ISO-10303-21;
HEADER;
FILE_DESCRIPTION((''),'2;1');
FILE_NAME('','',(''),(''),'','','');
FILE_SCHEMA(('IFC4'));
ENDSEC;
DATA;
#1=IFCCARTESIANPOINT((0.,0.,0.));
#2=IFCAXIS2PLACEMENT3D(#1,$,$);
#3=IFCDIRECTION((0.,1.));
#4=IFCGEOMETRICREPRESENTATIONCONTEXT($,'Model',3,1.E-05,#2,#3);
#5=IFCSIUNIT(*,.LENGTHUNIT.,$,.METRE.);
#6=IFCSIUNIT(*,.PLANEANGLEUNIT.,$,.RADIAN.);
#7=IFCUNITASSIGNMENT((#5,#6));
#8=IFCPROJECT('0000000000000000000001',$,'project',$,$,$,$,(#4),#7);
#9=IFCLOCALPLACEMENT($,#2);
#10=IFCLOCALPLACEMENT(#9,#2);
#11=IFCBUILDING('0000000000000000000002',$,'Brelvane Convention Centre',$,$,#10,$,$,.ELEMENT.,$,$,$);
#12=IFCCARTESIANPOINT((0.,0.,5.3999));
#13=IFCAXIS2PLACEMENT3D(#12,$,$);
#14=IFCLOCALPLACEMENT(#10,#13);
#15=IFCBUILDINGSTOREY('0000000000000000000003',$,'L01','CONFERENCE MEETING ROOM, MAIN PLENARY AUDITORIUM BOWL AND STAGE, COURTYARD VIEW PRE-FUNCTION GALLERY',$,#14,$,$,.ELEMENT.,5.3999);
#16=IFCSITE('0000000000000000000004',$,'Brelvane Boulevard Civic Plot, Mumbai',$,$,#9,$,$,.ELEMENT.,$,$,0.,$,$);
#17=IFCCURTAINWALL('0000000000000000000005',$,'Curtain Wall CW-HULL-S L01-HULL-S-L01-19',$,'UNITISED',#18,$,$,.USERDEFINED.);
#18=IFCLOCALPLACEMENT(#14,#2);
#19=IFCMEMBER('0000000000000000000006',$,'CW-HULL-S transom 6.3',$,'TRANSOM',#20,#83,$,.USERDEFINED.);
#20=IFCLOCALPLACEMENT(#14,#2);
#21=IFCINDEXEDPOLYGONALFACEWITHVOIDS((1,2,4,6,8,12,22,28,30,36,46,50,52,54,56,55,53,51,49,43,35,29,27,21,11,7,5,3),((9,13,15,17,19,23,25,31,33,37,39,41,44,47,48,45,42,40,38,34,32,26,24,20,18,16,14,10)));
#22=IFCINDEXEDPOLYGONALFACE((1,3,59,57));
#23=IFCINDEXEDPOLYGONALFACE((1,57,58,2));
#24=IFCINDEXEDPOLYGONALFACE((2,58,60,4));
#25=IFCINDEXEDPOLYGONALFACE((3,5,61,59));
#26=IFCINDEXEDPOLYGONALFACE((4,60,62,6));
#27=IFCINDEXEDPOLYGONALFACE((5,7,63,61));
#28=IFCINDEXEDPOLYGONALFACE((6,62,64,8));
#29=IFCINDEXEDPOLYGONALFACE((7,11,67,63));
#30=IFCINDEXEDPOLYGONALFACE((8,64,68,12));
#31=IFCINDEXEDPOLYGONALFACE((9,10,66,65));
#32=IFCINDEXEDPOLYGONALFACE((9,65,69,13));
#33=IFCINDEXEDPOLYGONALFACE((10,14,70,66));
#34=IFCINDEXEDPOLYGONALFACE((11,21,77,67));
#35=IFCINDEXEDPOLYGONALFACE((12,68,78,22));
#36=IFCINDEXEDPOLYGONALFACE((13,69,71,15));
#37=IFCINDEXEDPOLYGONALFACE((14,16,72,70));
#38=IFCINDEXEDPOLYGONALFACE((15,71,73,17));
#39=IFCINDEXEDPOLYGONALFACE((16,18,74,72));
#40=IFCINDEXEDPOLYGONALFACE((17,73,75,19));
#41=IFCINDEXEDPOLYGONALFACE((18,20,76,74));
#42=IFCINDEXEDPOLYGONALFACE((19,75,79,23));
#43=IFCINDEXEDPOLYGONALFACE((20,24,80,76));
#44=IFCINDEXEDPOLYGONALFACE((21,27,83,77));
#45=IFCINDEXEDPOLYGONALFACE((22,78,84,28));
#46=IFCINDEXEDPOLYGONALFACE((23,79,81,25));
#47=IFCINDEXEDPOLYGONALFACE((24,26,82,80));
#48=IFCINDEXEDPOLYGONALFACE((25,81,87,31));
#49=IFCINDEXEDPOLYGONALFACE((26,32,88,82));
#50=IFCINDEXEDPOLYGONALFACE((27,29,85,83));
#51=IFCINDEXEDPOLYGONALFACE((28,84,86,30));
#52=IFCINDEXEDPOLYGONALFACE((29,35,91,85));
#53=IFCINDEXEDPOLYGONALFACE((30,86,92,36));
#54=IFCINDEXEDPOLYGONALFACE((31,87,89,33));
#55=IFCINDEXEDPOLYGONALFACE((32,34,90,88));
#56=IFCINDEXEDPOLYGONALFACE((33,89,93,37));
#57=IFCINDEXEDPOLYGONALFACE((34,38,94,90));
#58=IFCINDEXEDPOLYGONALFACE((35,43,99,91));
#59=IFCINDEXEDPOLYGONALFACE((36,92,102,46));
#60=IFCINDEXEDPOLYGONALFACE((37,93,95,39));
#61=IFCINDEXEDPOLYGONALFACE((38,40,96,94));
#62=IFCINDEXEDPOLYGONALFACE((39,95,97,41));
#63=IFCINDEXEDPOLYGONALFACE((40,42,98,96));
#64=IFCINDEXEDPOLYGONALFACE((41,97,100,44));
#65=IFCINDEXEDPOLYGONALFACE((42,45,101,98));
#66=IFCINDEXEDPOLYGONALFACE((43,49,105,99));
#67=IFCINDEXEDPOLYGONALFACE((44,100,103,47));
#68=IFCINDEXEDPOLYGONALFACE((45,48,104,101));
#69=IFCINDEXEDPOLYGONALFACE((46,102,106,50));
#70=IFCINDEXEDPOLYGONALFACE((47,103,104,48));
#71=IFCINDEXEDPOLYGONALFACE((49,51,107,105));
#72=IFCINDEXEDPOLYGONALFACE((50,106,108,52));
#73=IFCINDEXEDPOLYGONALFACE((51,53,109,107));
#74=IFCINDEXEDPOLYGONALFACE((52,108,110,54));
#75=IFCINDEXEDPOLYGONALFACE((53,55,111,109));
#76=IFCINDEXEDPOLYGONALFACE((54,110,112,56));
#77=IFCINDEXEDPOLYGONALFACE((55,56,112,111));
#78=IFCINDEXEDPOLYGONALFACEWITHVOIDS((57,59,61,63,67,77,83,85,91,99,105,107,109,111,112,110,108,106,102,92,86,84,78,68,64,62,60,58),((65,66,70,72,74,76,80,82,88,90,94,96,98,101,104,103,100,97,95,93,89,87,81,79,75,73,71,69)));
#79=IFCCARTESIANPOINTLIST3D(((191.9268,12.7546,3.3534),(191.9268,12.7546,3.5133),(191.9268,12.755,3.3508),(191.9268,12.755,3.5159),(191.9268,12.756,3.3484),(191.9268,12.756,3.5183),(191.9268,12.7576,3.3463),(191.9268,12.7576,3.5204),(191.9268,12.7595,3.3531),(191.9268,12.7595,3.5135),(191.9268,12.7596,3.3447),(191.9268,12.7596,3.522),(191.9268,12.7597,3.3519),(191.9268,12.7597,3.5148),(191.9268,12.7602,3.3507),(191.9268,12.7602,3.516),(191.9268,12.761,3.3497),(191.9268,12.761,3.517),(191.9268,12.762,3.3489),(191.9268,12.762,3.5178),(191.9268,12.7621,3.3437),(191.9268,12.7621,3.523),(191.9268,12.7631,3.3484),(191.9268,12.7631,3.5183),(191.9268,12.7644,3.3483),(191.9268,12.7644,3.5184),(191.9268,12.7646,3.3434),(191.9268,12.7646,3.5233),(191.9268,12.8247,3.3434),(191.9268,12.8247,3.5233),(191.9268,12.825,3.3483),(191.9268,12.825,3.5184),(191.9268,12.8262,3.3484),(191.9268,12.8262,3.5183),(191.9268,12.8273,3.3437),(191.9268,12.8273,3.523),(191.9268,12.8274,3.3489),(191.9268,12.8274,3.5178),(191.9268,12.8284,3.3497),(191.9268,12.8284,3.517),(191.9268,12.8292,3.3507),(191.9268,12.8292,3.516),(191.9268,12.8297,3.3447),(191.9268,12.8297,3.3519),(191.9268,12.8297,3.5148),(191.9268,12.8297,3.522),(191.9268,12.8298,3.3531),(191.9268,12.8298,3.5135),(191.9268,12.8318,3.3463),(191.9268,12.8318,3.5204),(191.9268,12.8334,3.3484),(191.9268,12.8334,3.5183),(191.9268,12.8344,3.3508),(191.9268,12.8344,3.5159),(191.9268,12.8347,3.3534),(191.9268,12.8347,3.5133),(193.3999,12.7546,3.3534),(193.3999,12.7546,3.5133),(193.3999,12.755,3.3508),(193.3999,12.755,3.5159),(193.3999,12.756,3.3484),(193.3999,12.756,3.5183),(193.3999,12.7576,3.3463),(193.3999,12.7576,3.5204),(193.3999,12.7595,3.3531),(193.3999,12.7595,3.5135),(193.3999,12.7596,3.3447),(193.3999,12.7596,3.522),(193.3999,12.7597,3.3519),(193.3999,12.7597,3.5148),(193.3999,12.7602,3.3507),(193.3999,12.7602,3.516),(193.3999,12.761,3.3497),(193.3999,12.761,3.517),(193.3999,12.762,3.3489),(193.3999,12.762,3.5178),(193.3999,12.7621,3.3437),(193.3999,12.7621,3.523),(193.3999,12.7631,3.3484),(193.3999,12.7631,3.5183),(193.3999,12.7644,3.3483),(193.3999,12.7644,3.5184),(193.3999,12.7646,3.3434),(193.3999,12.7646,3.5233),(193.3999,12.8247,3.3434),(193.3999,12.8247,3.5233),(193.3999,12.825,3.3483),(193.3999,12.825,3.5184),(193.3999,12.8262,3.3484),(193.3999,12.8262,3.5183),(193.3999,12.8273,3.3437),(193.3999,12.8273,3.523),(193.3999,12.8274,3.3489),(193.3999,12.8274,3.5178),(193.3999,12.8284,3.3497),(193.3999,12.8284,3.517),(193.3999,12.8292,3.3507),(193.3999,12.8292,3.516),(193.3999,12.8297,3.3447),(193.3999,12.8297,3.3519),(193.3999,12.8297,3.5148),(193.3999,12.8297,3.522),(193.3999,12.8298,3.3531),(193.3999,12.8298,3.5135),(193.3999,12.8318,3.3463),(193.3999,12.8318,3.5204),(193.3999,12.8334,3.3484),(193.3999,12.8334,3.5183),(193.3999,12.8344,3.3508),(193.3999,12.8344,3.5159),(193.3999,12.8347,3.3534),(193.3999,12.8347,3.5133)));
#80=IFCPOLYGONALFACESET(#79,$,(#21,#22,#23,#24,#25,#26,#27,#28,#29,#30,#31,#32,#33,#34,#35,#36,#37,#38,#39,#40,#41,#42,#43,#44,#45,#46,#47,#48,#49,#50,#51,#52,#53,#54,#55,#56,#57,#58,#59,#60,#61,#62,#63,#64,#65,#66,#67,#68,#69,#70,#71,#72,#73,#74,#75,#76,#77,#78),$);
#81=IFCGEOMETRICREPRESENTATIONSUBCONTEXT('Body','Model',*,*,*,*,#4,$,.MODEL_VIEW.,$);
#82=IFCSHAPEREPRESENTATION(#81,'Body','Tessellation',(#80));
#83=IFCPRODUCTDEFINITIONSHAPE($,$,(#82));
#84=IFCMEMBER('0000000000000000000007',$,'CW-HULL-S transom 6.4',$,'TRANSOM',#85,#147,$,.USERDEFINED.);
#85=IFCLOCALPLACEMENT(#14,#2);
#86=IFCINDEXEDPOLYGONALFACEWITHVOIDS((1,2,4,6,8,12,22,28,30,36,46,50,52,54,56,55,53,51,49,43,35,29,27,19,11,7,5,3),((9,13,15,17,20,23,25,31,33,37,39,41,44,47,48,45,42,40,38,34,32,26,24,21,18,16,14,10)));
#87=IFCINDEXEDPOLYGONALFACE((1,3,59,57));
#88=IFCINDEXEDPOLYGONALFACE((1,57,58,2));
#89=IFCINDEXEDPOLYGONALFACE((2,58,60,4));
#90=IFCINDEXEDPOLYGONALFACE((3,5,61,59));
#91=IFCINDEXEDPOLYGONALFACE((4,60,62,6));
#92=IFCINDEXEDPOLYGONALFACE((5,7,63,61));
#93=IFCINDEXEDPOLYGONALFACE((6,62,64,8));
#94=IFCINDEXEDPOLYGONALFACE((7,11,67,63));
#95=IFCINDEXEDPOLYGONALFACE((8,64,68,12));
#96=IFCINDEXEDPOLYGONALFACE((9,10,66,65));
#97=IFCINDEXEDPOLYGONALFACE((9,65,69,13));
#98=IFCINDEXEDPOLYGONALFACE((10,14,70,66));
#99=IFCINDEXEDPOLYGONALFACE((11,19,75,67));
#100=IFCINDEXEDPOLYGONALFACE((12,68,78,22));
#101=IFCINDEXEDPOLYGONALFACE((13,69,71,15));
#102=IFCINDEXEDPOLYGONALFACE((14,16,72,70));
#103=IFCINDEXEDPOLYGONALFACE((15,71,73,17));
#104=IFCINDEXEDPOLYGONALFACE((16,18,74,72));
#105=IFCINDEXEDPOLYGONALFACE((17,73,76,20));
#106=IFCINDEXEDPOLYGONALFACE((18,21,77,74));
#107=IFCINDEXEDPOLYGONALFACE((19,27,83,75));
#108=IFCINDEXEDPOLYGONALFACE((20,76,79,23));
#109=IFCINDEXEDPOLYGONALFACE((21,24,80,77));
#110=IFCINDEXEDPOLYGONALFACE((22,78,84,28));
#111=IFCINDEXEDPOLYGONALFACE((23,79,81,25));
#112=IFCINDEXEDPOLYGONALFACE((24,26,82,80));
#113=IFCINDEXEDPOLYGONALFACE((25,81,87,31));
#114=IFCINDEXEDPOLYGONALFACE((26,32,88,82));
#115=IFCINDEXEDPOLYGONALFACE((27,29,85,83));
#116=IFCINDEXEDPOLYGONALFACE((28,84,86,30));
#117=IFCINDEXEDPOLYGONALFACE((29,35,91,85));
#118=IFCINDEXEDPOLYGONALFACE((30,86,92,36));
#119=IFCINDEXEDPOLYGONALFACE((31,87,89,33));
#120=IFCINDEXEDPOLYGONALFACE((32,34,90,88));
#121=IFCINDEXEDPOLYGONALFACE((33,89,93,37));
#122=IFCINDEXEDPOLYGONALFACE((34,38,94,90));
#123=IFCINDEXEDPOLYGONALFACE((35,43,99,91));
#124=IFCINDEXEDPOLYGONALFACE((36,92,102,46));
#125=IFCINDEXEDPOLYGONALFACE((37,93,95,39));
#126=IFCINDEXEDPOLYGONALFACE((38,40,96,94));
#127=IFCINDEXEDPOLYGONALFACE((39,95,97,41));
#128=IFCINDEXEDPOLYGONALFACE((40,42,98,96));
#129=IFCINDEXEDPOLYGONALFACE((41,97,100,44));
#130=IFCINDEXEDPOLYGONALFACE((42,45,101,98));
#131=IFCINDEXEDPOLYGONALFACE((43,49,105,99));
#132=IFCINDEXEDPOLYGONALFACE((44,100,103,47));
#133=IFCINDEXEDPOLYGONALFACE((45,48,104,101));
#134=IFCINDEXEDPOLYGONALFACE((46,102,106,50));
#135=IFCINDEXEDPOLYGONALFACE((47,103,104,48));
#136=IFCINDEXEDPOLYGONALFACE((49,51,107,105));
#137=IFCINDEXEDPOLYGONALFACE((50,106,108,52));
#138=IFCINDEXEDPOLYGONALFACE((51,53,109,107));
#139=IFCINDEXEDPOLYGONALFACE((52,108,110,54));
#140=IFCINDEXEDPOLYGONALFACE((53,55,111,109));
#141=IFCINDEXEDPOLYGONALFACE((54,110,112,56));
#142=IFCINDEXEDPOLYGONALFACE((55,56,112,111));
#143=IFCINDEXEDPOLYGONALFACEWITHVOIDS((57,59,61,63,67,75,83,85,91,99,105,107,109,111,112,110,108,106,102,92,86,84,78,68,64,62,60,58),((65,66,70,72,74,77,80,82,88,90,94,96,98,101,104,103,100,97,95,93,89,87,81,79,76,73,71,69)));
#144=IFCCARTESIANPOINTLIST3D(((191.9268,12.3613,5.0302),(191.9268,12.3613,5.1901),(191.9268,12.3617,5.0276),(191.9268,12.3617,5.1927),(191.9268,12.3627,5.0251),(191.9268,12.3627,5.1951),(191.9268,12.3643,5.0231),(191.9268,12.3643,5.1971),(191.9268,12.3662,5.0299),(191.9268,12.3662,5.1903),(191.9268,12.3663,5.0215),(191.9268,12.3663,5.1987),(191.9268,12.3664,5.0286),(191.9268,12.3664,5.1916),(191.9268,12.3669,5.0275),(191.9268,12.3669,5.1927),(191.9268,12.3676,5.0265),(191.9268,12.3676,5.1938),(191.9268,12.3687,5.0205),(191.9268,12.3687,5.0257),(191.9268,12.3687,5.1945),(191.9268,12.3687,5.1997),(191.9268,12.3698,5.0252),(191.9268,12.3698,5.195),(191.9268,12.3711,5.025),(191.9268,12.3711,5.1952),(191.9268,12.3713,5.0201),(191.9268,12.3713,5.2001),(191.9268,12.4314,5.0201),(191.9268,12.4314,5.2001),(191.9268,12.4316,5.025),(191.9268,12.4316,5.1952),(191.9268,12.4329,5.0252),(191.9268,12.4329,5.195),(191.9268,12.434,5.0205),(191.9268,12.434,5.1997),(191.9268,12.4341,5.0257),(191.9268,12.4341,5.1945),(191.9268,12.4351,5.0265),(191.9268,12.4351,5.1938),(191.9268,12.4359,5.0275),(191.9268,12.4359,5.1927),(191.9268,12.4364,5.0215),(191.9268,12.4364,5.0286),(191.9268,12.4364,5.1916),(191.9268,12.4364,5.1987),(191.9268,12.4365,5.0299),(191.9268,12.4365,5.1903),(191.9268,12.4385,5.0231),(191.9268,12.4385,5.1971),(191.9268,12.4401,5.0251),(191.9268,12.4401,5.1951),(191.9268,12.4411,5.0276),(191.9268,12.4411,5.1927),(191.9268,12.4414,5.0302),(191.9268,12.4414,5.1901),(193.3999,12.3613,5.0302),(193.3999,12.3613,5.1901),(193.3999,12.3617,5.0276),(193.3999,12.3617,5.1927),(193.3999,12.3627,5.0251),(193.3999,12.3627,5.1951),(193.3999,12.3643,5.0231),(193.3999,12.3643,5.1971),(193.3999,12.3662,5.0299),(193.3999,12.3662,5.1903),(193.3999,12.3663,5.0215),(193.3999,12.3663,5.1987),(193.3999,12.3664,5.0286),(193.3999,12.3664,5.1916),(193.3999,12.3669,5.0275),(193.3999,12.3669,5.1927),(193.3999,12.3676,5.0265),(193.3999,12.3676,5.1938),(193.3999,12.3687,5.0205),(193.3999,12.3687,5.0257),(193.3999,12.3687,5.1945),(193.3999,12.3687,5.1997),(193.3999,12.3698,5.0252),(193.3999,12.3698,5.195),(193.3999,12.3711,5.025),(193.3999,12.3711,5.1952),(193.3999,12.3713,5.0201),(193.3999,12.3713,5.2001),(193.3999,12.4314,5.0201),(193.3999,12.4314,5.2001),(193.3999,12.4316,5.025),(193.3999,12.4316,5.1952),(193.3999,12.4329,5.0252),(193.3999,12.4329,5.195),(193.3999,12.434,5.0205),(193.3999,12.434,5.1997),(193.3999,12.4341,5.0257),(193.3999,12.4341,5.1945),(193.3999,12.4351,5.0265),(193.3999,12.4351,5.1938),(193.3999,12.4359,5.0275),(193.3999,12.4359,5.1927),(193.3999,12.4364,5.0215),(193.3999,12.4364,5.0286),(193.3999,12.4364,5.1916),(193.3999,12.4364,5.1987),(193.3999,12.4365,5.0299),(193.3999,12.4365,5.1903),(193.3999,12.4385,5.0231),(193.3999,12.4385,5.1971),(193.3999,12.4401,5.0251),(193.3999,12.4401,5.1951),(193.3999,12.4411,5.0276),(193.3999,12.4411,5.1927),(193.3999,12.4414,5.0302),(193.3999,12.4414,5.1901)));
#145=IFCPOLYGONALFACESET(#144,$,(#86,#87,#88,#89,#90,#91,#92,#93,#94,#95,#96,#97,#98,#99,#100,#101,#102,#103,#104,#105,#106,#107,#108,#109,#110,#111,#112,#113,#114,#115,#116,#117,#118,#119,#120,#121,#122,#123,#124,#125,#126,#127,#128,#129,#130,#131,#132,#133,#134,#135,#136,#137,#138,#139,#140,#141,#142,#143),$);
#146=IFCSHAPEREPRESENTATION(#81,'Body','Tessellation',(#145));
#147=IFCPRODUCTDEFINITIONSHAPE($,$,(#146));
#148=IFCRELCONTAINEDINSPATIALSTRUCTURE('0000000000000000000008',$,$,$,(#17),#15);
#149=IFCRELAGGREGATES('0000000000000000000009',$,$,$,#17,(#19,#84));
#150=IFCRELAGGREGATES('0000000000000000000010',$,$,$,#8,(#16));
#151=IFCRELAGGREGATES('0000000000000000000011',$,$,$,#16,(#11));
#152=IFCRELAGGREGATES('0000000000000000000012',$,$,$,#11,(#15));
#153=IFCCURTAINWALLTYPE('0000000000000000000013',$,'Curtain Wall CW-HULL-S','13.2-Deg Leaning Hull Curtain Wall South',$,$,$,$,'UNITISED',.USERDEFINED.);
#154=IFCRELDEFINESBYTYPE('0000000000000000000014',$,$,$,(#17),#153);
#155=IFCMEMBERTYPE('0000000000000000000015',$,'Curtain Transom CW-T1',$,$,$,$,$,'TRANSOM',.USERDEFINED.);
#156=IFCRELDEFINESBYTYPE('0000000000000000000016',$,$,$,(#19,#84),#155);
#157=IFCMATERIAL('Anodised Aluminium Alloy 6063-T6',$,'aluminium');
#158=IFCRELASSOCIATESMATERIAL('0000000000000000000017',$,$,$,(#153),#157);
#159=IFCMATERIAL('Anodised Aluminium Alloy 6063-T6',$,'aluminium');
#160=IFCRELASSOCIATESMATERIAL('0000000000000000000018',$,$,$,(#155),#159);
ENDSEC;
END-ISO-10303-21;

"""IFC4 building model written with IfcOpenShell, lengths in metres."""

from ifc_helpers import new_model, si_unit, direction, frame, origin, origin_2d, place, context, subcontext, project, spatial, hollow_rectangle, extrude, material, material_profile, profile_set, type_object, element, aggregate, save


model = new_model("IFC4")

# Units and contexts
model_context = context("Model", 3, precision=1e-05, world=origin(), true_north=direction((0.0, 1.0)))
body_context = subcontext(model_context, "Body", "Model", "MODEL_VIEW")
ifc_project = project(units=[si_unit("LENGTHUNIT", "METRE"), si_unit("PLANEANGLEUNIT", "RADIAN")], contexts=[model_context])

# Site, building, storey
site_placement = place(None, origin())
site = spatial("IfcSite", under=ifc_project, at=site_placement, Name="Brelvane Boulevard Civic Plot, Mumbai", CompositionType="ELEMENT", RefElevation=0.0)
building_placement = place(site_placement, origin())
building = spatial("IfcBuilding", under=site, at=building_placement, Name="Brelvane Convention Centre", CompositionType="ELEMENT")
storey_placement = place(building_placement, frame((0.0, 0.0, 5.3999)))
storey = spatial("IfcBuildingStorey", under=building, at=storey_placement, Name="L01", Description="CONFERENCE MEETING ROOM, MAIN PLENARY AUDITORIUM BOWL AND STAGE, COURTYARD VIEW PRE-FUNCTION GALLERY", CompositionType="ELEMENT", Elevation=5.3999)

# Curtain wall, members
ifc_material_1 = material(Name="Anodised Aluminium Alloy 6063-T6", Category="aluminium")
curtain_wall_type = type_object("IfcCurtainWallType", Name="Curtain Wall CW-HULL-S", Description="13.2-Deg Leaning Hull Curtain Wall South", ElementType="UNITISED", PredefinedType="USERDEFINED", material=ifc_material_1)
curtain_wall_1_placement = place(storey_placement, origin())
curtain_wall_1 = element("IfcCurtainWall", 1, at=curtain_wall_1_placement, inside=storey, type_object=curtain_wall_type, Name="Curtain Wall CW-HULL-S L01-HULL-S-L01-19", ObjectType="UNITISED", PredefinedType="USERDEFINED")
ifc_material_2 = material(Name="Anodised Aluminium Alloy 6063-T6", Category="aluminium")
ifc_material_profile = material_profile(ifc_material_2, hollow_rectangle(XDim=0.0801, YDim=0.1799, WallThickness=0.0049, InnerFilletRadius=0.0049, OuterFilletRadius=0.01, at=origin_2d()), Name="ALU-T 180x80x5.0")
ifc_profile_set = profile_set([ifc_material_profile], Name="Anodised Aluminium Alloy 6063-T6")
member_type = type_object("IfcMemberType", Name="Curtain Transom CW-T1", ElementType="TRANSOM", PredefinedType="USERDEFINED", material=ifc_profile_set)
member_1_placement = place(storey_placement, frame((191.9268, 12.7947, 3.4333), z_axis=(1.0, 0.0, 0.0), x_axis=(0.0, 1.0, 0.0)))
member_1 = element("IfcMember", 2, at=member_1_placement, type_object=member_type, Name="CW-HULL-S transom 6.3", ObjectType="TRANSOM", PredefinedType="USERDEFINED", context=body_context, shape_type="SweptSolid", body=[
    extrude(hollow_rectangle(XDim=0.0801, YDim=0.1799, WallThickness=0.0049, InnerFilletRadius=0.0049, OuterFilletRadius=0.01, at=origin_2d()), origin(), (0.0, 0.0, 1.0), 1.4731),
])
member_2_placement = place(storey_placement, frame((191.9268, 12.4014, 5.1101), z_axis=(1.0, 0.0, 0.0), x_axis=(0.0, 1.0, 0.0)))
member_2 = element("IfcMember", 3, at=member_2_placement, type_object=member_type, Name="CW-HULL-S transom 6.4", ObjectType="TRANSOM", PredefinedType="USERDEFINED", context=body_context, shape_type="SweptSolid", body=[
    extrude(hollow_rectangle(XDim=0.0801, YDim=0.1799, WallThickness=0.0049, InnerFilletRadius=0.0049, OuterFilletRadius=0.01, at=origin_2d()), origin(), (0.0, 0.0, 1.0), 1.4731),
])

aggregate(curtain_wall_1, [member_1, member_2])

save(model, "model.ifc")
